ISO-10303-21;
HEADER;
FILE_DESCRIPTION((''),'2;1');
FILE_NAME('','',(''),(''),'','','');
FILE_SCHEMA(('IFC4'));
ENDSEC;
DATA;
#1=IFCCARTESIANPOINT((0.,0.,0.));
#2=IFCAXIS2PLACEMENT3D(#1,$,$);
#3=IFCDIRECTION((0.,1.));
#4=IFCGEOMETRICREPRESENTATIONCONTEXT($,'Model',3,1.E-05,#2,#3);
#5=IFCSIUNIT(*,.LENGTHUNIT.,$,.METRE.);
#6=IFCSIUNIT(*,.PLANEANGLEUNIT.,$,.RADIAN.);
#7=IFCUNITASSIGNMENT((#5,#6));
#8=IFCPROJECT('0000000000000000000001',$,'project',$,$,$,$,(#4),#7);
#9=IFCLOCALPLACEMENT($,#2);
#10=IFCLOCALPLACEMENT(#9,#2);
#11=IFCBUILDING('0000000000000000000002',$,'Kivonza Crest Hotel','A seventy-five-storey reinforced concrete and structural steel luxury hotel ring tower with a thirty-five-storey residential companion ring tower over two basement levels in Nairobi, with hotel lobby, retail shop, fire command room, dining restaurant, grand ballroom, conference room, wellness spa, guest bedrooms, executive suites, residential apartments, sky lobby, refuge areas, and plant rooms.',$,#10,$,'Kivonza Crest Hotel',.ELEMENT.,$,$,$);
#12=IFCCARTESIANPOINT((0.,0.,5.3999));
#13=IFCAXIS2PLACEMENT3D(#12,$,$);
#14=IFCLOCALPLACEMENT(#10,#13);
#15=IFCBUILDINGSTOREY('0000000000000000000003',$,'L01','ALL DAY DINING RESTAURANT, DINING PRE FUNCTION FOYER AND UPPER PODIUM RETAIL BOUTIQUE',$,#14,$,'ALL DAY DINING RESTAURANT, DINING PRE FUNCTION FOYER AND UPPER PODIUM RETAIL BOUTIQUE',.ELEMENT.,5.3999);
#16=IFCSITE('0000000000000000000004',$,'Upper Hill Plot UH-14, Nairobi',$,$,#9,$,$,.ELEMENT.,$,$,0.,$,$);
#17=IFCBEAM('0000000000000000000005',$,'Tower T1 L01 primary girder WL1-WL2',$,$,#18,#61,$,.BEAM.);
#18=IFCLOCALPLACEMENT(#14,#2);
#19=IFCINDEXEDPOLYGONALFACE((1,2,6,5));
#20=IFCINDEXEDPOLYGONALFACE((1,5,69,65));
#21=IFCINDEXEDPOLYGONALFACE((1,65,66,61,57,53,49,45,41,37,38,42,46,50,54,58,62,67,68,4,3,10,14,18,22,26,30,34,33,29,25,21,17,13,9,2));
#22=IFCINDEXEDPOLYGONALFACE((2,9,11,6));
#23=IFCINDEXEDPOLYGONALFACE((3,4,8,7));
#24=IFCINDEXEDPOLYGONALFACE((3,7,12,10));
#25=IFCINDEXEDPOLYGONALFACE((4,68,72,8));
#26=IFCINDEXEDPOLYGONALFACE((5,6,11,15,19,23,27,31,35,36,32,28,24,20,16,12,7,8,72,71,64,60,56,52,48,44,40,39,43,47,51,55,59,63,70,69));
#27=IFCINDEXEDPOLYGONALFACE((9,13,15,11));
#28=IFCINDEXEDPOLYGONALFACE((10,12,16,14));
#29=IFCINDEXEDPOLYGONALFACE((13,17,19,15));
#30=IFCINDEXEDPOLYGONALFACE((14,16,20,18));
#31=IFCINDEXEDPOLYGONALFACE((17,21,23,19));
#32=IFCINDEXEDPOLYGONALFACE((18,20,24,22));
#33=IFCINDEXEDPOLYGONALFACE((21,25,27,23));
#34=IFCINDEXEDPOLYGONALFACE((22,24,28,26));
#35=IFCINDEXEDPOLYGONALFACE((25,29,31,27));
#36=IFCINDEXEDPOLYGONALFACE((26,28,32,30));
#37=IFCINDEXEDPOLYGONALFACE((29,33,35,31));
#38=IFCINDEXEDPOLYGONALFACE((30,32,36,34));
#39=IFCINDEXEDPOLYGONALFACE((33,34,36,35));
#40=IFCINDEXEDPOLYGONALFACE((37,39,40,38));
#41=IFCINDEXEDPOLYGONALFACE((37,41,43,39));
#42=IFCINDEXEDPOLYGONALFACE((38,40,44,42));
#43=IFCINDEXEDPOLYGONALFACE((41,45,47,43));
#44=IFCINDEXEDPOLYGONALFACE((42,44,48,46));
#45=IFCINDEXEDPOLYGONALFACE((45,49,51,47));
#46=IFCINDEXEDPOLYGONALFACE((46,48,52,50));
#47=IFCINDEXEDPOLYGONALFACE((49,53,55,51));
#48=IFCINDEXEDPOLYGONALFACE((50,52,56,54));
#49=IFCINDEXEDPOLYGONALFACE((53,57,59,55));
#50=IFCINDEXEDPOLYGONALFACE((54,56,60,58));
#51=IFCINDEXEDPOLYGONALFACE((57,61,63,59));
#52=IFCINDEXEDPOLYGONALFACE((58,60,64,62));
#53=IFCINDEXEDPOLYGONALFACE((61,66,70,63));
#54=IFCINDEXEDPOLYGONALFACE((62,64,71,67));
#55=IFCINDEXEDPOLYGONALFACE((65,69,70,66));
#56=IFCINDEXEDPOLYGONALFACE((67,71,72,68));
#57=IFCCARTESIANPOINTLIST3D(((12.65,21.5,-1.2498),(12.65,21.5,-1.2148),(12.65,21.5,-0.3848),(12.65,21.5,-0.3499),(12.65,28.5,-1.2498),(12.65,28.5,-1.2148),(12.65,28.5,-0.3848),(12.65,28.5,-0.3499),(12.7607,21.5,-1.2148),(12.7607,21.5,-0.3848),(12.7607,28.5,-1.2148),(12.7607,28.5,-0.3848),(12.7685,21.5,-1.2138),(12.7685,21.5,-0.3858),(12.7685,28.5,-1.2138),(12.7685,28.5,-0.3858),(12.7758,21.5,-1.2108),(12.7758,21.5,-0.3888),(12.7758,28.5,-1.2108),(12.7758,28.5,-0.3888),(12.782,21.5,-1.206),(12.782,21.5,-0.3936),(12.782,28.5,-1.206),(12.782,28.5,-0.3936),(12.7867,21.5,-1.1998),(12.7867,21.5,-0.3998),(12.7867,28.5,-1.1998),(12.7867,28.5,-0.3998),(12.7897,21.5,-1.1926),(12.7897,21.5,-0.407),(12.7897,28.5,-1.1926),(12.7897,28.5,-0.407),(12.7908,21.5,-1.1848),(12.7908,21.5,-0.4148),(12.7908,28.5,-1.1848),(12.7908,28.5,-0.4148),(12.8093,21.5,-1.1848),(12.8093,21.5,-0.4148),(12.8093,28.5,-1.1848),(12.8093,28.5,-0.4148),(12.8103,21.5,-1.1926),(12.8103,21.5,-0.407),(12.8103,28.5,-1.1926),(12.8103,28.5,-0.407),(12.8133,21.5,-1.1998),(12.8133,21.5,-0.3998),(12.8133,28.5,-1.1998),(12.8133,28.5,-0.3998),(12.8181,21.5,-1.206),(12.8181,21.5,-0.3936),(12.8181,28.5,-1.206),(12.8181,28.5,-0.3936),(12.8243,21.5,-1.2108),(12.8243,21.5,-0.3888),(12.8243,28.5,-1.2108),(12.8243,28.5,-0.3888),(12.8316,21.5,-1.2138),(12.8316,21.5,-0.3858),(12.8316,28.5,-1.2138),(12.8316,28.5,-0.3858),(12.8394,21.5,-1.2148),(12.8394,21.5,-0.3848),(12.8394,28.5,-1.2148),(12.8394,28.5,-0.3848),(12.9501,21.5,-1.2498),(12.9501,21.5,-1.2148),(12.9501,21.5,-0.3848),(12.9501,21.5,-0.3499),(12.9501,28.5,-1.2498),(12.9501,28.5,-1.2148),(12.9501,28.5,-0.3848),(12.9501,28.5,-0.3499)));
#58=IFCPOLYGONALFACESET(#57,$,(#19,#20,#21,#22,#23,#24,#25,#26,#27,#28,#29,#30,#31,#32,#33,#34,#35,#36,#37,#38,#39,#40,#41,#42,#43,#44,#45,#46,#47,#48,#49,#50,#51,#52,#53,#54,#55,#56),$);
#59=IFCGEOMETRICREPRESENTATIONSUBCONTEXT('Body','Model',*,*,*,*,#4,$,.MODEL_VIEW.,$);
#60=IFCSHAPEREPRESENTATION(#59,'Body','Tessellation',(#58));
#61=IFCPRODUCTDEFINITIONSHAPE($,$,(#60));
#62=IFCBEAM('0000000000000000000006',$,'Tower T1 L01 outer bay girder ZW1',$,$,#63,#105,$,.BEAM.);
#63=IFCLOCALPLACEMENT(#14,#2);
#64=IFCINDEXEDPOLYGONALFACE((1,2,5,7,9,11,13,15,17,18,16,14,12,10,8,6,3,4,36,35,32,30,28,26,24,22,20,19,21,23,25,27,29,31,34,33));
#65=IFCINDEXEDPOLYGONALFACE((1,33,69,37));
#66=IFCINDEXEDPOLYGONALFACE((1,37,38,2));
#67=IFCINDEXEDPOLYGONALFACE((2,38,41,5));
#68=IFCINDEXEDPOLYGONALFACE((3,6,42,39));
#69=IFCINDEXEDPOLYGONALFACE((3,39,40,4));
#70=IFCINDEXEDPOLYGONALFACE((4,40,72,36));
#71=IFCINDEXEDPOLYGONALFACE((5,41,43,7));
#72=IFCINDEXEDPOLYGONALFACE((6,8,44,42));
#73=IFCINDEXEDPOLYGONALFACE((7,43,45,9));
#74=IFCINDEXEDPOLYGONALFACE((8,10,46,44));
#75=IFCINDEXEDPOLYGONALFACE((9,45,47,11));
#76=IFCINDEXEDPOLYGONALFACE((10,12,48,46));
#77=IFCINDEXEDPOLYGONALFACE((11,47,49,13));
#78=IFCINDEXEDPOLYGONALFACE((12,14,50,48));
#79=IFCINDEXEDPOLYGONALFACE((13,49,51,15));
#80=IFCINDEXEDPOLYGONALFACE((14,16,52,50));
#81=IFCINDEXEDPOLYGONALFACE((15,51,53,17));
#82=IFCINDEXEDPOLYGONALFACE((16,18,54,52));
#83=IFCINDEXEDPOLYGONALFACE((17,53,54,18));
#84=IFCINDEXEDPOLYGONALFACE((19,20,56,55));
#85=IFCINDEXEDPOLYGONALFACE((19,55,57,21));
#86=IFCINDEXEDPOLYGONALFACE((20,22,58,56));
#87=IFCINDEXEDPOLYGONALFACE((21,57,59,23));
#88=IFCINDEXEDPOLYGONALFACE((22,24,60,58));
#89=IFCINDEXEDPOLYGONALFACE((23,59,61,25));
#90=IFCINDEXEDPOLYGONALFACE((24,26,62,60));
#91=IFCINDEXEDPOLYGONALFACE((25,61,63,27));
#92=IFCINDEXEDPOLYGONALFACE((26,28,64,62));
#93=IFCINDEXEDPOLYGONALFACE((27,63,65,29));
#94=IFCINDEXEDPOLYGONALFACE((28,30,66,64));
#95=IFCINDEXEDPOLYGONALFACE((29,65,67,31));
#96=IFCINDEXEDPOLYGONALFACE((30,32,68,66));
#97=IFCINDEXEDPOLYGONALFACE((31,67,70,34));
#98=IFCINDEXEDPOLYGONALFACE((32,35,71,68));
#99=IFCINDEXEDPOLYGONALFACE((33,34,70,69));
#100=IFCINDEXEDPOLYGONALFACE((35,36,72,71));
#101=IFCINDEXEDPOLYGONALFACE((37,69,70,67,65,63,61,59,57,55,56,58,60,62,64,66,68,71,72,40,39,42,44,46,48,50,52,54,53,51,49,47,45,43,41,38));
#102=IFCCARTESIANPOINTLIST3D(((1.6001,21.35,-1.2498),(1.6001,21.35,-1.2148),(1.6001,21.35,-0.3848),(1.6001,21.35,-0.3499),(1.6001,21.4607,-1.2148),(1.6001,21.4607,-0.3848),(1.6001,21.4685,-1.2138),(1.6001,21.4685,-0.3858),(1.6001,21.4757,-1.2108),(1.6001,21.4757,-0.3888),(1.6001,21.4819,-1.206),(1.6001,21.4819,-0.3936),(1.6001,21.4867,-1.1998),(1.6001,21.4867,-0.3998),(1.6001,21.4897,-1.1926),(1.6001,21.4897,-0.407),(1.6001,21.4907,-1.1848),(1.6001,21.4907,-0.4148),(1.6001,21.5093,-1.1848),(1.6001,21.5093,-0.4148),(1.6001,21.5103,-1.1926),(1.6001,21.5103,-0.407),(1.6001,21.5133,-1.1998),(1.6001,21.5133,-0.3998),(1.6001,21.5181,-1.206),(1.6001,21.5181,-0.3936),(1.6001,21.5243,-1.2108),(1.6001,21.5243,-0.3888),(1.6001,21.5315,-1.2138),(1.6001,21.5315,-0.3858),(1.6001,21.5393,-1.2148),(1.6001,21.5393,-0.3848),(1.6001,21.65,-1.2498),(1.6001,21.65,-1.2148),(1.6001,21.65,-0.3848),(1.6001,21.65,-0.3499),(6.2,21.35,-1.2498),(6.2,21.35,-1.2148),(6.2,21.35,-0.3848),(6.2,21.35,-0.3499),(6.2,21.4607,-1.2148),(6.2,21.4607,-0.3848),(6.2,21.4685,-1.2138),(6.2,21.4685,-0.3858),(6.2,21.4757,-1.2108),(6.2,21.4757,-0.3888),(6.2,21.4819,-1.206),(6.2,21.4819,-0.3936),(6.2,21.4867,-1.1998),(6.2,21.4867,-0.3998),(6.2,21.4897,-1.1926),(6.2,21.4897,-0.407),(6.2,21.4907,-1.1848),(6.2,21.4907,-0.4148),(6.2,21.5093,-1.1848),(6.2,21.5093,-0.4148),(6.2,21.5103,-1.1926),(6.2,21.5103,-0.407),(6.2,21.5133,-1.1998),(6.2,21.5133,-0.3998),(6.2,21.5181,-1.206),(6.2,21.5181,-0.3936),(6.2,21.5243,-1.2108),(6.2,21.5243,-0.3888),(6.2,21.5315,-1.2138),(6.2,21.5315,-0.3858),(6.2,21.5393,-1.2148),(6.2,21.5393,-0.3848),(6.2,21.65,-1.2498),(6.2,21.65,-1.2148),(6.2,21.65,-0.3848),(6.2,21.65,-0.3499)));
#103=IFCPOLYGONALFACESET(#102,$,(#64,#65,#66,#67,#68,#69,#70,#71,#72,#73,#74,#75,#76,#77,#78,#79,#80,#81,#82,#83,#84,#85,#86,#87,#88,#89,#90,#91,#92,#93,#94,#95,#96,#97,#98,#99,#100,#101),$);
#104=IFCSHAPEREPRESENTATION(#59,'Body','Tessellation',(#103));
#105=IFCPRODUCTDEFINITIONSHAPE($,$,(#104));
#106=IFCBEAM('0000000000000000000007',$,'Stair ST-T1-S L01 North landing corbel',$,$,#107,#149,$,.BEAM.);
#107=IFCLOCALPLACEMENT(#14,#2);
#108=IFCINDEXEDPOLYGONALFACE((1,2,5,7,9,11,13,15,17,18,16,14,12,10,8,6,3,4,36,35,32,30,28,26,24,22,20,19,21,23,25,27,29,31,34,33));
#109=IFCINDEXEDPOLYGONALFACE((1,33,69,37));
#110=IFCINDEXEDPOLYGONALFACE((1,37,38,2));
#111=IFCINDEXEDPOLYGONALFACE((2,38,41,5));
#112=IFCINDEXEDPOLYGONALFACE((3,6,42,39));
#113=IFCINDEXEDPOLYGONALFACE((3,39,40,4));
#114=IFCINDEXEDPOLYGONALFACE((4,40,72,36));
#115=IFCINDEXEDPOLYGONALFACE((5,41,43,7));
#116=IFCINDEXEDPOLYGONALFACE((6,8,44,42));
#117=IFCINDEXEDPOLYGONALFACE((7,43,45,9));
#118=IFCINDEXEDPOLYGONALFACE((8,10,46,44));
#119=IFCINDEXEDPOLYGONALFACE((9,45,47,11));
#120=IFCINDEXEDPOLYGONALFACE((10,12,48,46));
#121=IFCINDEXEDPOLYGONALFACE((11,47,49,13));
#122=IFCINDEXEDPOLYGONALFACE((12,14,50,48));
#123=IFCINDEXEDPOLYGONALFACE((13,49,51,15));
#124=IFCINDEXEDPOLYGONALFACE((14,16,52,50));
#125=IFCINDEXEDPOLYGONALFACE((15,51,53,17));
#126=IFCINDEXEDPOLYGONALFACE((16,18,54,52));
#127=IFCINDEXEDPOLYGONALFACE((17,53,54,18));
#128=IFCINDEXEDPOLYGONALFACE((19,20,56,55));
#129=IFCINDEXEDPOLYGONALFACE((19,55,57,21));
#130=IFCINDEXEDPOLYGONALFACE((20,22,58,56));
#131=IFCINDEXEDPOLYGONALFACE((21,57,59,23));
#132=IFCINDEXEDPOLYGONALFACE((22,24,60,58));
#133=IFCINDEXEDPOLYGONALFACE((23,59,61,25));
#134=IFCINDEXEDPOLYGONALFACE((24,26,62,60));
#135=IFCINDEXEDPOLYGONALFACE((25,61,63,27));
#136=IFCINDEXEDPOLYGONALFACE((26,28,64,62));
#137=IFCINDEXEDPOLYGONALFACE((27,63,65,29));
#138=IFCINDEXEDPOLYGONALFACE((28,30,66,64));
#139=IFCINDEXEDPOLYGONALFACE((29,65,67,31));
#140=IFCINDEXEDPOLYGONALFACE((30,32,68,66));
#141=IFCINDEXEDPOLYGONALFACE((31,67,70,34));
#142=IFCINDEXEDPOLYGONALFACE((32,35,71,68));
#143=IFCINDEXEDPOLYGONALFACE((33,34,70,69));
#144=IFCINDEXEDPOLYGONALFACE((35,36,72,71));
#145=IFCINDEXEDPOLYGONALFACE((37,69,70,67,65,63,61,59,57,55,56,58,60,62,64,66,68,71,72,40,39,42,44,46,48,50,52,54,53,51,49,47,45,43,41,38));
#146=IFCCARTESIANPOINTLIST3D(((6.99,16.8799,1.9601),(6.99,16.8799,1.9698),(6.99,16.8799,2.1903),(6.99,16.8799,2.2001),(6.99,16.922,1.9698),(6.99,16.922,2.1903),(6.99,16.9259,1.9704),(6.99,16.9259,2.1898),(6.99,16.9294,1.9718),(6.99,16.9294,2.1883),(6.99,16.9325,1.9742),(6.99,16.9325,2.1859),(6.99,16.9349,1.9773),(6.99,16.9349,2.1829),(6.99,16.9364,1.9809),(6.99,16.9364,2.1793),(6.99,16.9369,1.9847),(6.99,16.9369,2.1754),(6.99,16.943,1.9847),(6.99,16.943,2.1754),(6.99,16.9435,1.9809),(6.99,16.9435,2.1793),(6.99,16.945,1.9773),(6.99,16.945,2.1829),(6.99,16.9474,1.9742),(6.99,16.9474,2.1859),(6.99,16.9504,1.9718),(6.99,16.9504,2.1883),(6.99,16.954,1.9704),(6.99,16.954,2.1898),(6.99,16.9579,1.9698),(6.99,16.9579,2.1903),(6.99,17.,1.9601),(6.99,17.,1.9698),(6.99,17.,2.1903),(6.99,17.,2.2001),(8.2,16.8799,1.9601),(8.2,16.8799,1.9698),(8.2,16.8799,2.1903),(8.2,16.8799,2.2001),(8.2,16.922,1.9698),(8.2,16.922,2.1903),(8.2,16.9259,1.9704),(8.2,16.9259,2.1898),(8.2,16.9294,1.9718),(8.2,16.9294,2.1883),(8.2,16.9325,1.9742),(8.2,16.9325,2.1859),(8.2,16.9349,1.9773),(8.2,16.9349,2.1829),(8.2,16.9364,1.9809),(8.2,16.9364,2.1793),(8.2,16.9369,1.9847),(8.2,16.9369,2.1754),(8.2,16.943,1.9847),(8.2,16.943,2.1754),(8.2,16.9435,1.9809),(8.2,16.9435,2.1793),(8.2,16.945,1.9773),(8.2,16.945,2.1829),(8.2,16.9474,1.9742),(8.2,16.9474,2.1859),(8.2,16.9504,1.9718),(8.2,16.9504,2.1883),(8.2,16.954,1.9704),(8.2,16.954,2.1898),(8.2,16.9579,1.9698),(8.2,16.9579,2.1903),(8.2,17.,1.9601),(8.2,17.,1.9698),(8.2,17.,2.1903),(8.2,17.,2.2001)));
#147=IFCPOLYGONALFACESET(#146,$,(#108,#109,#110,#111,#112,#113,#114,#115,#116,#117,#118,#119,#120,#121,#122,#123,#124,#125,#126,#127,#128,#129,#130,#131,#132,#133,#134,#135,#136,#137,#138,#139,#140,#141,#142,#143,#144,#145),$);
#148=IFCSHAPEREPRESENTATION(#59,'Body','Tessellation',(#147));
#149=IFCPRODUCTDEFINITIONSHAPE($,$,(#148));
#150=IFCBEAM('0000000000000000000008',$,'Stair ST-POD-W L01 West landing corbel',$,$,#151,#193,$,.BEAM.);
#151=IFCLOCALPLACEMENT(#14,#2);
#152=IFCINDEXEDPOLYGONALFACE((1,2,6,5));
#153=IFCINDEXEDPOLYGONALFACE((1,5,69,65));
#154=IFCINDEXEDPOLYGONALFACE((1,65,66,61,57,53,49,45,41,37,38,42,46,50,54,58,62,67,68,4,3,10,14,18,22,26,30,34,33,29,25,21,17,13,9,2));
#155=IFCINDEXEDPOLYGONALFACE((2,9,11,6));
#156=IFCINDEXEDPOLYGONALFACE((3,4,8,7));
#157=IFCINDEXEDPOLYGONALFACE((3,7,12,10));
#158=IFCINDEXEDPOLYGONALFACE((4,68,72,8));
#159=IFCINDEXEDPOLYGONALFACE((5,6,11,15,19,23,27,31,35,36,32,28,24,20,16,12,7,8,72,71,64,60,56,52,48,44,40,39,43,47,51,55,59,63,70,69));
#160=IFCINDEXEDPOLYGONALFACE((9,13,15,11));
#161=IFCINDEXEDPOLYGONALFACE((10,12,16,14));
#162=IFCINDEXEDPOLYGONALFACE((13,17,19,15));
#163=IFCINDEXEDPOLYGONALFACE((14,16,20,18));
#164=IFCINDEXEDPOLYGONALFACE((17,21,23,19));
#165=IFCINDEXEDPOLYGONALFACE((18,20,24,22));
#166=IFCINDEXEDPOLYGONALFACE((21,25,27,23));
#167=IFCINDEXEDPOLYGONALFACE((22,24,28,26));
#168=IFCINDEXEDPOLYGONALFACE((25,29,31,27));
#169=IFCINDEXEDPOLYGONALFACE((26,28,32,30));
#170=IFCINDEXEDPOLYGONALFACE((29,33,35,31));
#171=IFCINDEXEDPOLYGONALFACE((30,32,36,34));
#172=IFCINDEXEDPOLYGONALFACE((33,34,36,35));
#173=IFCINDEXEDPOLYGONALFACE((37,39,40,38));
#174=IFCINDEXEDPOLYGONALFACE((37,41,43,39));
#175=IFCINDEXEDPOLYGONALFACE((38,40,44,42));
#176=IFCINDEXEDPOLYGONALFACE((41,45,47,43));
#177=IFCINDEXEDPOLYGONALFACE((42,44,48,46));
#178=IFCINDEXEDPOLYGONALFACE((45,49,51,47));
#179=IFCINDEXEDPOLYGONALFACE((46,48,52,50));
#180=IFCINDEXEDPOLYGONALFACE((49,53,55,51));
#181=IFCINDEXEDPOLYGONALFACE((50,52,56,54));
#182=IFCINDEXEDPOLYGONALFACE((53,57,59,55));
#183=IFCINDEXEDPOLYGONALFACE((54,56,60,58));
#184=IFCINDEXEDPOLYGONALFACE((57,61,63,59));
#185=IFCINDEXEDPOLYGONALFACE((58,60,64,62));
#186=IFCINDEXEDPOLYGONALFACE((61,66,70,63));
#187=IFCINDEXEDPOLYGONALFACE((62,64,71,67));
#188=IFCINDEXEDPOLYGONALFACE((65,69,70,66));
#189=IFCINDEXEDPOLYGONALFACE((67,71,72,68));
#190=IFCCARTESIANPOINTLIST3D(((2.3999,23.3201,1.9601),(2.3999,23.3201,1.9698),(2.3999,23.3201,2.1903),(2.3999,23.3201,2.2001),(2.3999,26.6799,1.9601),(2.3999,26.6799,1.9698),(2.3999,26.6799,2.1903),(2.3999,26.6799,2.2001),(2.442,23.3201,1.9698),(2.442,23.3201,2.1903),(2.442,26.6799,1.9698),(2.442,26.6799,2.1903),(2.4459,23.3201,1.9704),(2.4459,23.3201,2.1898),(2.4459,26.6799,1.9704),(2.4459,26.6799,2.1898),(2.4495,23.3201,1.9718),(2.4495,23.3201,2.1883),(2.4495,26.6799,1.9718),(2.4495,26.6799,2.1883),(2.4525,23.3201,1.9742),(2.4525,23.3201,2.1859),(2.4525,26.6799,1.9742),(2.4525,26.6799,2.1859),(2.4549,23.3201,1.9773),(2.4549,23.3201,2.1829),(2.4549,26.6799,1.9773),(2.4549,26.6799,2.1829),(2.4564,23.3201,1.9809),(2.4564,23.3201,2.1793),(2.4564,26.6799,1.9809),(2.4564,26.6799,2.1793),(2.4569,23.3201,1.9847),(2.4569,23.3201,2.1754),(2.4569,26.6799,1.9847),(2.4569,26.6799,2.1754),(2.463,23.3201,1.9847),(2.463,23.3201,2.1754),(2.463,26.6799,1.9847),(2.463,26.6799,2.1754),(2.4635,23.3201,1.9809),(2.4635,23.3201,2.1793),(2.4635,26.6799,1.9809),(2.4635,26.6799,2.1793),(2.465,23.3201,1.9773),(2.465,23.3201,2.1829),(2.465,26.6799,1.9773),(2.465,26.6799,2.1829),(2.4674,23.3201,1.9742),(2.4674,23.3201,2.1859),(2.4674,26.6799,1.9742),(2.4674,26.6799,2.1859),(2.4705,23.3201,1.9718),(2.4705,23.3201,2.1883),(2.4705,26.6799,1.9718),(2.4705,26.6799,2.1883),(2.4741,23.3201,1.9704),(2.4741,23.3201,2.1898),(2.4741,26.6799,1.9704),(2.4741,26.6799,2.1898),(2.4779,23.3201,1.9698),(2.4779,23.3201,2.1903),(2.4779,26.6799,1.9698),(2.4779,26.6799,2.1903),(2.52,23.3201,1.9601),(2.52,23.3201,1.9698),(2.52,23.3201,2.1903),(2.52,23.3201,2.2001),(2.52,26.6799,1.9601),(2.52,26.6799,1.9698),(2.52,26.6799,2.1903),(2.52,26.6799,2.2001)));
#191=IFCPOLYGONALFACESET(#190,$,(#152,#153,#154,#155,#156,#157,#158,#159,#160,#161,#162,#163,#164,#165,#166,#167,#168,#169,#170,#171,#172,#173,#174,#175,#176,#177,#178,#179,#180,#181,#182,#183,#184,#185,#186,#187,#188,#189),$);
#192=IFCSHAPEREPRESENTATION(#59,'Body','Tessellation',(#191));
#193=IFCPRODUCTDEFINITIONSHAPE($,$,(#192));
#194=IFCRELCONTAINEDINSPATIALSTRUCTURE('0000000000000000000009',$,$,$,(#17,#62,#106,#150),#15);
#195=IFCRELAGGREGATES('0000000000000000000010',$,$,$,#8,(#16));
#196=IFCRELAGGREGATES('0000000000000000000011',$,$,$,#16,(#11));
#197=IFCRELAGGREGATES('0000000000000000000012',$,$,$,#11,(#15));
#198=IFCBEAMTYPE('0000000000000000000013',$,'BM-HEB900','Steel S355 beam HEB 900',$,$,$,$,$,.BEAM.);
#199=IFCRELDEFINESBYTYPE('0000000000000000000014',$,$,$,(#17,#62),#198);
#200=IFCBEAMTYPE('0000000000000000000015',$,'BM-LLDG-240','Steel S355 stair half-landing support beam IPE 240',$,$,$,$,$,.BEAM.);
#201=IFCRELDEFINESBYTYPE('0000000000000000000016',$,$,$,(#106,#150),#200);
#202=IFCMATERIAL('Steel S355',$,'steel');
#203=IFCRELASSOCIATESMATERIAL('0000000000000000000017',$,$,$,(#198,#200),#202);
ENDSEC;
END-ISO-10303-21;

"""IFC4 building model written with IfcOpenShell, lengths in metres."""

from ifc_helpers import new_model, si_unit, direction, frame, origin, origin_2d, place, context, subcontext, project, spatial, i_section, extrude, material, material_profile, profile_set, type_object, element, save


model = new_model("IFC4")

# Units and contexts
model_context = context("Model", 3, precision=1e-05, world=origin(), true_north=direction((0.0, 1.0)))
body_context = subcontext(model_context, "Body", "Model", "MODEL_VIEW")
ifc_project = project(units=[si_unit("LENGTHUNIT", "METRE"), si_unit("PLANEANGLEUNIT", "RADIAN")], contexts=[model_context])

# Site, building, storey
site_placement = place(None, origin())
site = spatial("IfcSite", under=ifc_project, at=site_placement, Name="Upper Hill Plot UH-14, Nairobi", CompositionType="ELEMENT", RefElevation=0.0)
building_placement = place(site_placement, origin())
building = spatial("IfcBuilding", under=site, at=building_placement, Name="Kivonza Crest Hotel", Description="A seventy-five-storey reinforced concrete and structural steel luxury hotel ring tower with a thirty-five-storey residential companion ring tower over two basement levels in Nairobi, with hotel lobby, retail shop, fire command room, dining restaurant, grand ballroom, conference room, wellness spa, guest bedrooms, executive suites, residential apartments, sky lobby, refuge areas, and plant rooms.", LongName="Kivonza Crest Hotel", CompositionType="ELEMENT")
storey_placement = place(building_placement, frame((0.0, 0.0, 5.3999)))
storey = spatial("IfcBuildingStorey", under=building, at=storey_placement, Name="L01", Description="ALL DAY DINING RESTAURANT, DINING PRE FUNCTION FOYER AND UPPER PODIUM RETAIL BOUTIQUE", LongName="ALL DAY DINING RESTAURANT, DINING PRE FUNCTION FOYER AND UPPER PODIUM RETAIL BOUTIQUE", CompositionType="ELEMENT", Elevation=5.3999)

# Beams
ifc_material_1 = material(Name="Steel S355", Category="steel")
ifc_material_profile_1 = material_profile(ifc_material_1, i_section(OverallWidth=0.3, OverallDepth=0.8999, WebThickness=0.0186, FlangeThickness=0.0349, FilletRadius=0.03, at=origin_2d()), Name="HEB 900")
ifc_profile_set_1 = profile_set([ifc_material_profile_1], Name="Steel S355")
beam_type_1 = type_object("IfcBeamType", Name="BM-HEB900", Description="Steel S355 beam HEB 900", PredefinedType="BEAM", material=ifc_profile_set_1)
beam_1_placement = place(storey_placement, frame((12.8, 21.5, -0.7998), z_axis=(0.0, 1.0, 0.0), x_axis=(-1.0, 0.0, 0.0)))
element("IfcBeam", 1, at=beam_1_placement, inside=storey, type_object=beam_type_1, Name="Tower T1 L01 primary girder WL1-WL2", PredefinedType="BEAM", context=body_context, shape_type="SweptSolid", body=[
    extrude(i_section(OverallWidth=0.3, OverallDepth=0.8999, WebThickness=0.0186, FlangeThickness=0.0349, FilletRadius=0.03, at=origin_2d()), origin(), (0.0, 0.0, 1.0), 7.0),
])
beam_2_placement = place(storey_placement, frame((1.6001, 21.5, -0.7998), z_axis=(1.0, 0.0, 0.0), x_axis=(0.0, 1.0, 0.0)))
element("IfcBeam", 2, at=beam_2_placement, inside=storey, type_object=beam_type_1, Name="Tower T1 L01 outer bay girder ZW1", PredefinedType="BEAM", context=body_context, shape_type="SweptSolid", body=[
    extrude(i_section(OverallWidth=0.3, OverallDepth=0.8999, WebThickness=0.0186, FlangeThickness=0.0349, FilletRadius=0.03, at=origin_2d()), origin(), (0.0, 0.0, 1.0), 4.5999),
])
ifc_material_profile_2 = material_profile(ifc_material_1, i_section(OverallWidth=0.1201, OverallDepth=0.24, WebThickness=0.0061, FlangeThickness=0.0098, FilletRadius=0.0149, at=origin_2d()), Name="IPE 240")
ifc_profile_set_2 = profile_set([ifc_material_profile_2], Name="Steel S355")
beam_type_2 = type_object("IfcBeamType", Name="BM-LLDG-240", Description="Steel S355 stair half-landing support beam IPE 240", PredefinedType="BEAM", material=ifc_profile_set_2)
beam_3_placement = place(storey_placement, frame((6.99, 16.9399, 2.0801), z_axis=(1.0, 0.0, 0.0), x_axis=(0.0, 1.0, 0.0)))
element("IfcBeam", 3, at=beam_3_placement, inside=storey, type_object=beam_type_2, Name="Stair ST-T1-S L01 North landing corbel", PredefinedType="BEAM", context=body_context, shape_type="SweptSolid", body=[
    extrude(i_section(OverallWidth=0.1201, OverallDepth=0.24, WebThickness=0.0061, FlangeThickness=0.0098, FilletRadius=0.0149, at=origin_2d()), origin(), (0.0, 0.0, 1.0), 1.21),
])
beam_4_placement = place(storey_placement, frame((2.46, 23.3201, 2.0801), z_axis=(0.0, 1.0, 0.0), x_axis=(-1.0, 0.0, 0.0)))
element("IfcBeam", 4, at=beam_4_placement, inside=storey, type_object=beam_type_2, Name="Stair ST-POD-W L01 West landing corbel", PredefinedType="BEAM", context=body_context, shape_type="SweptSolid", body=[
    extrude(i_section(OverallWidth=0.1201, OverallDepth=0.24, WebThickness=0.0061, FlangeThickness=0.0098, FilletRadius=0.0149, at=origin_2d()), origin(), (0.0, 0.0, 1.0), 3.3599),
])

save(model, "model.ifc")
